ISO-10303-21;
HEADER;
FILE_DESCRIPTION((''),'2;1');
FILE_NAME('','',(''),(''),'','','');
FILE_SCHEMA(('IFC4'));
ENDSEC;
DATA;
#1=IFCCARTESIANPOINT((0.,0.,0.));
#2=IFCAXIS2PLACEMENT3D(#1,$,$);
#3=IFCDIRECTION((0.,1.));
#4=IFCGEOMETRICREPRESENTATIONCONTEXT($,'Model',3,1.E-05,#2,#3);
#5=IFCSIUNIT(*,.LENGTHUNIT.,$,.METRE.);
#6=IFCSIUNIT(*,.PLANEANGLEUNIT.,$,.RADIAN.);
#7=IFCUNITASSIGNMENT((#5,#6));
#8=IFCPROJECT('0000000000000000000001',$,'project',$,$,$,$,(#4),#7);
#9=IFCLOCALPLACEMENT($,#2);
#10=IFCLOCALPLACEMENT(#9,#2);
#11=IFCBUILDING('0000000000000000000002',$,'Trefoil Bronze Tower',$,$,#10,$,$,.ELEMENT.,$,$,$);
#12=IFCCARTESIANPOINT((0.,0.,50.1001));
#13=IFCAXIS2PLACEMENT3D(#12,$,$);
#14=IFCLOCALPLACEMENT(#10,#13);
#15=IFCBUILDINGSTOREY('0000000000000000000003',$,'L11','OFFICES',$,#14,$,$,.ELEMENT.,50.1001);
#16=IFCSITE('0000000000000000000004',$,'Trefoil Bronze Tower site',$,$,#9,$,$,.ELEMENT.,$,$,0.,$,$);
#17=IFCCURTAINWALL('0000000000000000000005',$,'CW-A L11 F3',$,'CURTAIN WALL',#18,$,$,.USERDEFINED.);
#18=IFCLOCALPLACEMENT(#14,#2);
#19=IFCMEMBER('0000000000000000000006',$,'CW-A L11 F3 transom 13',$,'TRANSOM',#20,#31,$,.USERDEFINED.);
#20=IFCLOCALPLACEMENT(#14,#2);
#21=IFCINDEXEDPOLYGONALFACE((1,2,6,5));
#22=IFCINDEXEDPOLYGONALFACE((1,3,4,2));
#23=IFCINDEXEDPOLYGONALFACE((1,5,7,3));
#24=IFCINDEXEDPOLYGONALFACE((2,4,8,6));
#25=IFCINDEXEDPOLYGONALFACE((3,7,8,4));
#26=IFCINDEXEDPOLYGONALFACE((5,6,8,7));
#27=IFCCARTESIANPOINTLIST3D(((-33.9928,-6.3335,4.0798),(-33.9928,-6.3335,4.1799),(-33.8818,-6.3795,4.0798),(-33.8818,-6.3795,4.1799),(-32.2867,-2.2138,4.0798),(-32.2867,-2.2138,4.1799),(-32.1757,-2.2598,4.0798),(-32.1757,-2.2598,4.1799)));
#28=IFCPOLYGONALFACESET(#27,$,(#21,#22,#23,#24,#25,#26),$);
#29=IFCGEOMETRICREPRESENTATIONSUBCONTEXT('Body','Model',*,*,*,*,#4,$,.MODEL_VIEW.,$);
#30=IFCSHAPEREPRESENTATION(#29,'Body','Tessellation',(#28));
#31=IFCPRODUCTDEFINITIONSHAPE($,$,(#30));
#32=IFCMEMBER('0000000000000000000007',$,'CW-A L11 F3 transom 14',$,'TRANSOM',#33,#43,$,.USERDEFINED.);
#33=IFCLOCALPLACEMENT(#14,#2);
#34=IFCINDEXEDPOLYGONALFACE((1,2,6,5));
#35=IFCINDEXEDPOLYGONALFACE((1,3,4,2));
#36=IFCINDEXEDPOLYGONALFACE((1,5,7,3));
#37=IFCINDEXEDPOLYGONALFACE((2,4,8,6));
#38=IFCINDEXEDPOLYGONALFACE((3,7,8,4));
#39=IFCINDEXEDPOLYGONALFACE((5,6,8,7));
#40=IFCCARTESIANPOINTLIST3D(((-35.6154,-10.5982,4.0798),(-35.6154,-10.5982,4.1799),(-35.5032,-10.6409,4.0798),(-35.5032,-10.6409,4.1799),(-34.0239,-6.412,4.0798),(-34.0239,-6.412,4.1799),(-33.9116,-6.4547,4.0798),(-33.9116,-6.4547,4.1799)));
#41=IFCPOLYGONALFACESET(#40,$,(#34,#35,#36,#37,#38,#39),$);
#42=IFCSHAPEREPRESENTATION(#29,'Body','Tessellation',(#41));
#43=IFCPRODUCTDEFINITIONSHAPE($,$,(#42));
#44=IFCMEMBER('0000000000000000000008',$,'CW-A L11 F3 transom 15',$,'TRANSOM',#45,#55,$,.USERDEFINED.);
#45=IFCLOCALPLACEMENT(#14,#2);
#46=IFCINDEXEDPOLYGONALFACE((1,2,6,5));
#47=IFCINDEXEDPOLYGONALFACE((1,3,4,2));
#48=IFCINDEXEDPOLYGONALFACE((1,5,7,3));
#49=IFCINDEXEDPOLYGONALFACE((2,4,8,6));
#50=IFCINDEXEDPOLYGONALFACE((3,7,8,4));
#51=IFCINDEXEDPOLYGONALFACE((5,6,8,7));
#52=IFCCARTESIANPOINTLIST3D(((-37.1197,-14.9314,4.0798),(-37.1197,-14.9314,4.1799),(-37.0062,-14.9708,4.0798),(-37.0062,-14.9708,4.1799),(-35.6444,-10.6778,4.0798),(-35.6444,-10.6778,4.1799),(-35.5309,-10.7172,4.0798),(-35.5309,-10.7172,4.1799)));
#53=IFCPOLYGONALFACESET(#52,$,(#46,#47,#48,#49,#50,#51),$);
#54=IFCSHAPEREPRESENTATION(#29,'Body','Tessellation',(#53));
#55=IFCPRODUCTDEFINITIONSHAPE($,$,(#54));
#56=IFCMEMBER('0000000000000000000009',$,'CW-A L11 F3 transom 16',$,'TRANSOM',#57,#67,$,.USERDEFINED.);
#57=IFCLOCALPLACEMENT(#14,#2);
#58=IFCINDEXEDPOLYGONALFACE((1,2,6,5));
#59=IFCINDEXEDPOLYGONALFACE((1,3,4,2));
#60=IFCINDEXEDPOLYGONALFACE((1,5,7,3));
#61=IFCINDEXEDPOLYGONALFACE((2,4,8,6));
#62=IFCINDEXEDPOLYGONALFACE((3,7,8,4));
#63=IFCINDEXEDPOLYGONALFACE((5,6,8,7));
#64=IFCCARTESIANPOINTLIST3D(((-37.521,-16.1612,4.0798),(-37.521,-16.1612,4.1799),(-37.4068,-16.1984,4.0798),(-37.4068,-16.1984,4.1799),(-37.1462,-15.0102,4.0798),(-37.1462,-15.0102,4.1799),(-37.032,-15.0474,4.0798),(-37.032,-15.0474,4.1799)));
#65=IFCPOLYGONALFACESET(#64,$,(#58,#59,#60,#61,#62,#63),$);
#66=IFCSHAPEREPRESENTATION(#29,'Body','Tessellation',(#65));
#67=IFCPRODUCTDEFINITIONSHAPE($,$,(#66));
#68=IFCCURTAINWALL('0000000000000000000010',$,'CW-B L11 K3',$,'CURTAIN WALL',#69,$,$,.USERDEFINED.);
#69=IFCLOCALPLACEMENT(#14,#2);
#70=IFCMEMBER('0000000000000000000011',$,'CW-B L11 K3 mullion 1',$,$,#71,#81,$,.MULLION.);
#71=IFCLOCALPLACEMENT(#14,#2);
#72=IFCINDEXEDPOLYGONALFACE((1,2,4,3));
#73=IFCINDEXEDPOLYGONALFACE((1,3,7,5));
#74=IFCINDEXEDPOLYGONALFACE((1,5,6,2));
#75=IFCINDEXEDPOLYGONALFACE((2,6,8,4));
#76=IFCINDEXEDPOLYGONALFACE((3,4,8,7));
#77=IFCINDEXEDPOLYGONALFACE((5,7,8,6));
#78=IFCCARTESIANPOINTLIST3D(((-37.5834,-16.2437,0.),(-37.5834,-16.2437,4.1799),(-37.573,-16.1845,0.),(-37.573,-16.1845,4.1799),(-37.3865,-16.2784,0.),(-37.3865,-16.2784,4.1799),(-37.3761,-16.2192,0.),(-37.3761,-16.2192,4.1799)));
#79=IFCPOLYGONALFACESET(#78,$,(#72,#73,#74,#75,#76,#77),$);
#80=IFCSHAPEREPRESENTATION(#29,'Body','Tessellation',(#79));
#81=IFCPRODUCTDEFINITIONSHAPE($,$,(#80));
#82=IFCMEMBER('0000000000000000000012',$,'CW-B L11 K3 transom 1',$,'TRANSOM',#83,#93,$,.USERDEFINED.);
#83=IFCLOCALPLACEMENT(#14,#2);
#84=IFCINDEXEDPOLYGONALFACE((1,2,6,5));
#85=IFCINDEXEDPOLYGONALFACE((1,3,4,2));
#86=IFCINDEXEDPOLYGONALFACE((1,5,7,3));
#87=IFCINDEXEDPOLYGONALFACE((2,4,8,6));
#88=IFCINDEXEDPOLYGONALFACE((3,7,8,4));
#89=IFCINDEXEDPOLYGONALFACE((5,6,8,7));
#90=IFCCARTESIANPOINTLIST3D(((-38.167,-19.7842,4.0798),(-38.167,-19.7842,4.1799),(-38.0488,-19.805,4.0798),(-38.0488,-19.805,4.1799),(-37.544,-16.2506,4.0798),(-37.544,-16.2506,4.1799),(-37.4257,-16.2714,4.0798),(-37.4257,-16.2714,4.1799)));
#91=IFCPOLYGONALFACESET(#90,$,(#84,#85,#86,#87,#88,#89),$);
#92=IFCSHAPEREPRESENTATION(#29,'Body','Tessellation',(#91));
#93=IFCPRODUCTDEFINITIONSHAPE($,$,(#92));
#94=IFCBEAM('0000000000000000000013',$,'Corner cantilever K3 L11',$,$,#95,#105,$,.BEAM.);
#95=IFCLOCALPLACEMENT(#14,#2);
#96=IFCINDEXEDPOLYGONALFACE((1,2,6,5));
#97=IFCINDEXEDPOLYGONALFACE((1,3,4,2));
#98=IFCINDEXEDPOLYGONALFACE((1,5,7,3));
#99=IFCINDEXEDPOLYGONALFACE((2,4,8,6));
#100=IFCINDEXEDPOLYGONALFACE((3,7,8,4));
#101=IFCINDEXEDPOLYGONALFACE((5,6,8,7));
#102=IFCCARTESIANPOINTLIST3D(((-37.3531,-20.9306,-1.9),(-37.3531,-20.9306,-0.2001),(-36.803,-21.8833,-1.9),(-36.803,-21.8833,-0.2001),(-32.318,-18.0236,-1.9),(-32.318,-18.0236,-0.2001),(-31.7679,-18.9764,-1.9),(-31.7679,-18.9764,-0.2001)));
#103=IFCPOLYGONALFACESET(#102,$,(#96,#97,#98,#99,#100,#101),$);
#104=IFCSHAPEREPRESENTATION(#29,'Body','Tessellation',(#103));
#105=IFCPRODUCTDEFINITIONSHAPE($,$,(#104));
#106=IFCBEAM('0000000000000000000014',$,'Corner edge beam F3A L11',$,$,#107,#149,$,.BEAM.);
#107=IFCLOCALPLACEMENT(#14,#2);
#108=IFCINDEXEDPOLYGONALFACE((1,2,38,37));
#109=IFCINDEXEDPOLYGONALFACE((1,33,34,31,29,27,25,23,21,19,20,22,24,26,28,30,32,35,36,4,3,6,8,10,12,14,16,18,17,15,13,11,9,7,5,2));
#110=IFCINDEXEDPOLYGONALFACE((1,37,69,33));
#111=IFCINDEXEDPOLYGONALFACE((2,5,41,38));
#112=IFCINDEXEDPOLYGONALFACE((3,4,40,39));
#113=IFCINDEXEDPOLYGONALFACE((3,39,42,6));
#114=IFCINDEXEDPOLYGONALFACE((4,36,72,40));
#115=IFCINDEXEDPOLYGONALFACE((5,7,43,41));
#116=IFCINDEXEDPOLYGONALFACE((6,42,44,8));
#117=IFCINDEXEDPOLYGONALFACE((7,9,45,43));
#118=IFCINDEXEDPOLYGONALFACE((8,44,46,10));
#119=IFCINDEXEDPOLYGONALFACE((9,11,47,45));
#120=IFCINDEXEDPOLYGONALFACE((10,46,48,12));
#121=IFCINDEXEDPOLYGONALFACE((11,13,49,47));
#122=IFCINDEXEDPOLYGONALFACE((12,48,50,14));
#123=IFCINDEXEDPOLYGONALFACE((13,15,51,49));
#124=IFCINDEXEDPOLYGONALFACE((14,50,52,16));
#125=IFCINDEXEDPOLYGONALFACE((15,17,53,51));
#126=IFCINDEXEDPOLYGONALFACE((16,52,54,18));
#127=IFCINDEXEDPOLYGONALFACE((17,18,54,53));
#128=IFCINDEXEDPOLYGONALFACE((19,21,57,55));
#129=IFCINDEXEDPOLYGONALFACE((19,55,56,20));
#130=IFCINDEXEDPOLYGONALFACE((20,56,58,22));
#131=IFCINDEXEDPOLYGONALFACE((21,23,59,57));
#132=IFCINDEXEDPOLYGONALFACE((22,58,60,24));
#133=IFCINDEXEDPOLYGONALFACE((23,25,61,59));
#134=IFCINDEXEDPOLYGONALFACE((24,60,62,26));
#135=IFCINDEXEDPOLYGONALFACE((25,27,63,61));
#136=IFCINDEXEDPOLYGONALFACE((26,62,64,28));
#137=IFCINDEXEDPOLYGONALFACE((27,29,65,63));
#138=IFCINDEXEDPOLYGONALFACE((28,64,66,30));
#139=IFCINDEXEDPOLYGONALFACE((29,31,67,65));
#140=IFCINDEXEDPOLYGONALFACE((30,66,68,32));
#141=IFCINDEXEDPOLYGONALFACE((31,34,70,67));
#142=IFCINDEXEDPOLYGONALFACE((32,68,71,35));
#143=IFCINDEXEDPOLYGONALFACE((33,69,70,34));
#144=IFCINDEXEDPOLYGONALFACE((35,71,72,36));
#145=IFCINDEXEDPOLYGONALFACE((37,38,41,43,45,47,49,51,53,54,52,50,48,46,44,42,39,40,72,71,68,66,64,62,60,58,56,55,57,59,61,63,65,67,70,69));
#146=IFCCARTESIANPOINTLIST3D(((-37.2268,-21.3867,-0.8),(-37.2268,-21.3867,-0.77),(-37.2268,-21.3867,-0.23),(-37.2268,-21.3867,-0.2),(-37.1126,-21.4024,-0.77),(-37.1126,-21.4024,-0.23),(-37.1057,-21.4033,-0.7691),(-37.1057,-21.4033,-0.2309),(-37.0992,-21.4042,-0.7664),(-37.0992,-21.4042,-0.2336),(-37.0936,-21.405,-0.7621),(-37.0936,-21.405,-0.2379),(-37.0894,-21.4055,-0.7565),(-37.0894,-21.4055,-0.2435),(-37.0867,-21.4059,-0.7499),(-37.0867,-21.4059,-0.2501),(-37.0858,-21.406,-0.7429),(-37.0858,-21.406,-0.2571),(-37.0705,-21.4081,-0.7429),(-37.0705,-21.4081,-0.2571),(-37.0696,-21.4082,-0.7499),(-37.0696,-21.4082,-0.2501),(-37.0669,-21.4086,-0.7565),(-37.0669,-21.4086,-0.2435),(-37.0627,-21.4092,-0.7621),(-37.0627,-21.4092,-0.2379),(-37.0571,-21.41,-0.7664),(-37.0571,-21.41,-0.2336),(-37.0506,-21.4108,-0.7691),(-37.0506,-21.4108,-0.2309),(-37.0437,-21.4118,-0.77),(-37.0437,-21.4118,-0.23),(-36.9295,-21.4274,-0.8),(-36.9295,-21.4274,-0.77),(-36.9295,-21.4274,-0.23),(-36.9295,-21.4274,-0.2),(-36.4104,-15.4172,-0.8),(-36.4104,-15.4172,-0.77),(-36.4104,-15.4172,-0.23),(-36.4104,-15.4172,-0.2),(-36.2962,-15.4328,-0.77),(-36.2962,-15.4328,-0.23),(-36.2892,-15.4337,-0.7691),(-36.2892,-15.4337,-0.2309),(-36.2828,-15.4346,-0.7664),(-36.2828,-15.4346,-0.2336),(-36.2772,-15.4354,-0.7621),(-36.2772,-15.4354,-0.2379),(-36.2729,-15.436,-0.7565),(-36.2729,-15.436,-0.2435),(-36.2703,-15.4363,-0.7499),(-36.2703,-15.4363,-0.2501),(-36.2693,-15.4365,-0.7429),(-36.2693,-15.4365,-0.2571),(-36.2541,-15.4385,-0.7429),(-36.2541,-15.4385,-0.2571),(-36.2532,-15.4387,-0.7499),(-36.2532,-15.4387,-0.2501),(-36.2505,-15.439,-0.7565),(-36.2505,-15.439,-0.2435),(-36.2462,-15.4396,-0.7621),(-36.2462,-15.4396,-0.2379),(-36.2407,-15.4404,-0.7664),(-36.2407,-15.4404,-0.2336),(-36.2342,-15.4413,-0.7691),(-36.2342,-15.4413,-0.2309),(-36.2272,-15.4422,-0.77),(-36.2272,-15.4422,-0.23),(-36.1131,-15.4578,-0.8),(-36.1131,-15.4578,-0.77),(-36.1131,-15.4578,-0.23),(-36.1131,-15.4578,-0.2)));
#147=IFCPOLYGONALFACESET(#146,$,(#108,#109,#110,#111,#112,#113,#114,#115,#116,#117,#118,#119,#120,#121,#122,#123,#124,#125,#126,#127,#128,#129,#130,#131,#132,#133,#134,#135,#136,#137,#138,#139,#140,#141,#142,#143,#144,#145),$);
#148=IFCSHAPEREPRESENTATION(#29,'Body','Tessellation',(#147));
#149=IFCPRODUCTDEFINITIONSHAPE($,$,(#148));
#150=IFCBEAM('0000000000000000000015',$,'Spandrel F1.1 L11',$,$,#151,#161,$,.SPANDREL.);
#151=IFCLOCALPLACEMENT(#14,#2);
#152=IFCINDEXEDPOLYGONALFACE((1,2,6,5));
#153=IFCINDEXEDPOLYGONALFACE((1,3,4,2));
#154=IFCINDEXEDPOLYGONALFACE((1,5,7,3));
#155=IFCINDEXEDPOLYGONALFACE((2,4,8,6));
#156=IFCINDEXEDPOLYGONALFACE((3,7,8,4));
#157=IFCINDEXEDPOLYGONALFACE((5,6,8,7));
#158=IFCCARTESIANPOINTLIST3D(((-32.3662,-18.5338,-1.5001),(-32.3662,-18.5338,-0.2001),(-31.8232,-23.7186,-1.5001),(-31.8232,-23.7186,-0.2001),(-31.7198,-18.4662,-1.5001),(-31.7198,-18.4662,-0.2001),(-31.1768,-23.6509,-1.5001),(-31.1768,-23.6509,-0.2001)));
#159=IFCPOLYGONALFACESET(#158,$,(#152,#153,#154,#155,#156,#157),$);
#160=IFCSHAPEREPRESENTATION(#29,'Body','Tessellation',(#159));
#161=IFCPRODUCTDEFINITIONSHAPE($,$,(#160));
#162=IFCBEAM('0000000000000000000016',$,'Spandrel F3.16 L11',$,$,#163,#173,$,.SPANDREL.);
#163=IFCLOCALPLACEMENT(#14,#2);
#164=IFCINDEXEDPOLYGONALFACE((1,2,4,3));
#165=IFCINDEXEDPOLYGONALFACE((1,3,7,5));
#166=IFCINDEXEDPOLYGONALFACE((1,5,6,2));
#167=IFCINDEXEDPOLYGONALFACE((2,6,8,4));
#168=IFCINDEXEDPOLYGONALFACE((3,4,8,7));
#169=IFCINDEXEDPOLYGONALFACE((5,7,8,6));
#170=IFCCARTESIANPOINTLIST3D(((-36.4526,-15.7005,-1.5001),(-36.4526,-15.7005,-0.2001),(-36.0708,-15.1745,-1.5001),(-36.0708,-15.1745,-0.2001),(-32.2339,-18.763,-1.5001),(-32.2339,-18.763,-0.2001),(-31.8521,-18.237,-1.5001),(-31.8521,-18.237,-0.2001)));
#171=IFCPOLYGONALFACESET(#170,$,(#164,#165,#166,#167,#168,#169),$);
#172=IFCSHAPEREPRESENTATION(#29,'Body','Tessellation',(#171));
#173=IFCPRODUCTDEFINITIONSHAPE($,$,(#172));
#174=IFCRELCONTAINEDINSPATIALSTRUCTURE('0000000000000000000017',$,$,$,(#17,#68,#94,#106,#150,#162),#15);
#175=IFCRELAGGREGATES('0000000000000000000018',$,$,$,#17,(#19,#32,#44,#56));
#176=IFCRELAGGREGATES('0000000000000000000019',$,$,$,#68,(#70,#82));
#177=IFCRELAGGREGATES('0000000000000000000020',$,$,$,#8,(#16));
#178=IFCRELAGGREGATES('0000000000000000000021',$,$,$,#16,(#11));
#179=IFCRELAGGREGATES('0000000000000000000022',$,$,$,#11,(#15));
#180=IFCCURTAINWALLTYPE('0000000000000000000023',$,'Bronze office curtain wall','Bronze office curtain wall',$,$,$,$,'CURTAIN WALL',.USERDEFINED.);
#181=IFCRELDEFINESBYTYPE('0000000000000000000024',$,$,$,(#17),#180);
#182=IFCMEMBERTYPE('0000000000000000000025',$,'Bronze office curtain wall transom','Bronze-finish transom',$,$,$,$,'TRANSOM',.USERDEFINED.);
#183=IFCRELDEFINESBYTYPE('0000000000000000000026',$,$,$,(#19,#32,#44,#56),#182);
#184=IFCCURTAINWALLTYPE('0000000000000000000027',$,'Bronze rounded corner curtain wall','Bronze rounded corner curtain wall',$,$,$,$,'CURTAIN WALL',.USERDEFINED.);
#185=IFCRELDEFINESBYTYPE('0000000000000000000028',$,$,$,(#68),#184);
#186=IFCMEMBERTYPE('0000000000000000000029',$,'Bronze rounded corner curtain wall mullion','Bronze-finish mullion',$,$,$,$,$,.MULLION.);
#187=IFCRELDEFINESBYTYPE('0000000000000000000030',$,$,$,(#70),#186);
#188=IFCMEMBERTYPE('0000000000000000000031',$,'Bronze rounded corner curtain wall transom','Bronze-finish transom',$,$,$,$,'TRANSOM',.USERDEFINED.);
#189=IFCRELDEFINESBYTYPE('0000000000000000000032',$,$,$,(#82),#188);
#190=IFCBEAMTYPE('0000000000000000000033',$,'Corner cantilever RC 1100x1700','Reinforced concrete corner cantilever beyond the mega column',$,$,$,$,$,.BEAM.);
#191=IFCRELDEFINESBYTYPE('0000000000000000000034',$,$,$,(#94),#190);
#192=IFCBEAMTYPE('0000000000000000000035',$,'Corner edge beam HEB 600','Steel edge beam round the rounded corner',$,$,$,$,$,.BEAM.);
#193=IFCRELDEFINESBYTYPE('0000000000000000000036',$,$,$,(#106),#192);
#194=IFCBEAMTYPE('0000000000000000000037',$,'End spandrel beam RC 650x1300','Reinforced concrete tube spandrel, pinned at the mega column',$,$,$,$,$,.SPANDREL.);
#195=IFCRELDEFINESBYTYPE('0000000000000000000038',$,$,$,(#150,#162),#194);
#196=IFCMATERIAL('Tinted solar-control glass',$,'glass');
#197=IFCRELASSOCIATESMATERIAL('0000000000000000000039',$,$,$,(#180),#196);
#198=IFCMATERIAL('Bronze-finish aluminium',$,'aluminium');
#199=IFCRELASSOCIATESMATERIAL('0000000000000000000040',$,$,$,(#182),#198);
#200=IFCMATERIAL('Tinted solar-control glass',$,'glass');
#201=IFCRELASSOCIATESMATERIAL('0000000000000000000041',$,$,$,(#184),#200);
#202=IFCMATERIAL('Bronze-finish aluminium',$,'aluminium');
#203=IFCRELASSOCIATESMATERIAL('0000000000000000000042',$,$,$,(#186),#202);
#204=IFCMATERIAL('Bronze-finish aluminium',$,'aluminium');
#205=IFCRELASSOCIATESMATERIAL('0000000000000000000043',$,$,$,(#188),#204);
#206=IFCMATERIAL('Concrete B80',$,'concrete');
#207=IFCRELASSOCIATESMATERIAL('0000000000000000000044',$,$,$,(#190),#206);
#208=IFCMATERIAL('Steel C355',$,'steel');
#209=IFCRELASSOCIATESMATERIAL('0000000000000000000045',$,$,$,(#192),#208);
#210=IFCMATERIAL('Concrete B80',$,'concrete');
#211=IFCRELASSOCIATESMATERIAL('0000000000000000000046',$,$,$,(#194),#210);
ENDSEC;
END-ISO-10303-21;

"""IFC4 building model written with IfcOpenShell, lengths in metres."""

from ifc_helpers import new_model, si_unit, direction, frame, origin, origin_2d, place, context, subcontext, project, spatial, rectangle, i_section, extrude, material, material_profile, profile_set, type_object, element, aggregate, save


model = new_model("IFC4")

# Units and contexts
model_context = context("Model", 3, precision=1e-05, world=origin(), true_north=direction((0.0, 1.0)))
body_context = subcontext(model_context, "Body", "Model", "MODEL_VIEW")
ifc_project = project(units=[si_unit("LENGTHUNIT", "METRE"), si_unit("PLANEANGLEUNIT", "RADIAN")], contexts=[model_context])

# Site, building, storey
site_placement = place(None, origin())
site = spatial("IfcSite", under=ifc_project, at=site_placement, Name="Trefoil Bronze Tower site", CompositionType="ELEMENT", RefElevation=0.0)
building_placement = place(site_placement, origin())
building = spatial("IfcBuilding", under=site, at=building_placement, Name="Trefoil Bronze Tower", CompositionType="ELEMENT")
storey_placement = place(building_placement, frame((0.0, 0.0, 50.1001)))
storey = spatial("IfcBuildingStorey", under=building, at=storey_placement, Name="L11", Description="OFFICES", CompositionType="ELEMENT", Elevation=50.1001)

# Curtain walls, members
ifc_material_1 = material(Name="Tinted solar-control glass", Category="glass")
curtain_wall_type_1 = type_object("IfcCurtainWallType", Name="Bronze office curtain wall", Description="Bronze office curtain wall", ElementType="CURTAIN WALL", PredefinedType="USERDEFINED", material=ifc_material_1)
curtain_wall_1_placement = place(storey_placement, origin())
curtain_wall_1 = element("IfcCurtainWall", 1, at=curtain_wall_1_placement, inside=storey, type_object=curtain_wall_type_1, Name="CW-A L11 F3", ObjectType="CURTAIN WALL", PredefinedType="USERDEFINED")
ifc_material_2 = material(Name="Bronze-finish aluminium", Category="aluminium")
ifc_material_profile_1 = material_profile(ifc_material_2, rectangle(XDim=0.1201, YDim=0.1001, at=origin_2d()), Name="CW-A transom")
ifc_profile_set_1 = profile_set([ifc_material_profile_1], Name="Bronze-finish aluminium")
member_type_1 = type_object("IfcMemberType", Name="Bronze office curtain wall transom", Description="Bronze-finish transom", ElementType="TRANSOM", PredefinedType="USERDEFINED", material=ifc_profile_set_1)
member_1_placement = place(storey_placement, frame((-32.2312, -2.2368, 4.1299), z_axis=(-0.382616, -0.923907, 0.0), x_axis=(0.923907, -0.382616, 0.0)))
member_1 = element("IfcMember", 2, at=member_1_placement, type_object=member_type_1, Name="CW-A L11 F3 transom 13", ObjectType="TRANSOM", PredefinedType="USERDEFINED", context=body_context, shape_type="SweptSolid", body=[
    extrude(rectangle(XDim=0.1201, YDim=0.1001, at=origin_2d()), origin(), (0.0, 0.0, 1.0), 4.459),
])
member_2_placement = place(storey_placement, frame((-33.9678, -6.4333, 4.1299), z_axis=(-0.355367, -0.934727, 0.0), x_axis=(0.934727, -0.355367, 0.0)))
member_2 = element("IfcMember", 3, at=member_2_placement, type_object=member_type_1, Name="CW-A L11 F3 transom 14", ObjectType="TRANSOM", PredefinedType="USERDEFINED", context=body_context, shape_type="SweptSolid", body=[
    extrude(rectangle(XDim=0.1201, YDim=0.1001, at=origin_2d()), origin(), (0.0, 0.0, 1.0), 4.4785),
])
member_3_placement = place(storey_placement, frame((-35.5876, -10.6975, 4.1299), z_axis=(-0.32769, -0.944785, 0.0), x_axis=(0.944785, -0.32769, 0.0)))
member_3 = element("IfcMember", 4, at=member_3_placement, type_object=member_type_1, Name="CW-A L11 F3 transom 15", ObjectType="TRANSOM", PredefinedType="USERDEFINED", context=body_context, shape_type="SweptSolid", body=[
    extrude(rectangle(XDim=0.1201, YDim=0.1001, at=origin_2d()), origin(), (0.0, 0.0, 1.0), 4.5022),
])
member_4_placement = place(storey_placement, frame((-37.0891, -15.0288, 4.1299), z_axis=(-0.309624, -0.950859, 0.0), x_axis=(0.950859, -0.309624, 0.0)))
member_4 = element("IfcMember", 5, at=member_4_placement, type_object=member_type_1, Name="CW-A L11 F3 transom 16", ObjectType="TRANSOM", PredefinedType="USERDEFINED", context=body_context, shape_type="SweptSolid", body=[
    extrude(rectangle(XDim=0.1201, YDim=0.1001, at=origin_2d()), origin(), (0.0, 0.0, 1.0), 1.2104),
])
ifc_material_3 = material(Name="Tinted solar-control glass", Category="glass")
curtain_wall_type_2 = type_object("IfcCurtainWallType", Name="Bronze rounded corner curtain wall", Description="Bronze rounded corner curtain wall", ElementType="CURTAIN WALL", PredefinedType="USERDEFINED", material=ifc_material_3)
curtain_wall_2_placement = place(storey_placement, origin())
curtain_wall_2 = element("IfcCurtainWall", 6, at=curtain_wall_2_placement, inside=storey, type_object=curtain_wall_type_2, Name="CW-B L11 K3", ObjectType="CURTAIN WALL", PredefinedType="USERDEFINED")
ifc_material_4 = material(Name="Bronze-finish aluminium", Category="aluminium")
ifc_material_profile_2 = material_profile(ifc_material_4, rectangle(XDim=0.2, YDim=0.0601, at=origin_2d()), Name="CW-B mullion")
ifc_profile_set_2 = profile_set([ifc_material_profile_2], Name="Bronze-finish aluminium")
member_type_2 = type_object("IfcMemberType", Name="Bronze rounded corner curtain wall mullion", Description="Bronze-finish mullion", PredefinedType="MULLION", material=ifc_profile_set_2)
member_5_placement = place(storey_placement, frame((-37.4797, -16.2314, 0.0), z_axis=(0.0, 0.0, 1.0), x_axis=(0.984808, -0.173648, 0.0)))
member_5 = element("IfcMember", 7, at=member_5_placement, type_object=member_type_2, Name="CW-B L11 K3 mullion 1", PredefinedType="MULLION", context=body_context, shape_type="SweptSolid", body=[
    extrude(rectangle(XDim=0.2, YDim=0.0601, at=origin_2d()), origin(), (0.0, 0.0, 1.0), 4.1799),
])
ifc_material_5 = material(Name="Bronze-finish aluminium", Category="aluminium")
ifc_material_profile_3 = material_profile(ifc_material_5, rectangle(XDim=0.1201, YDim=0.1001, at=origin_2d()), Name="CW-B transom")
ifc_profile_set_3 = profile_set([ifc_material_profile_3], Name="Bronze-finish aluminium")
member_type_3 = type_object("IfcMemberType", Name="Bronze rounded corner curtain wall transom", Description="Bronze-finish transom", ElementType="TRANSOM", PredefinedType="USERDEFINED", material=ifc_profile_set_3)
member_6_placement = place(storey_placement, frame((-37.4849, -16.261, 4.1299), z_axis=(-0.173638, -0.98481, 0.0), x_axis=(0.98481, -0.173638, 0.0)))
member_6 = element("IfcMember", 8, at=member_6_placement, type_object=member_type_3, Name="CW-B L11 K3 transom 1", ObjectType="TRANSOM", PredefinedType="USERDEFINED", context=body_context, shape_type="SweptSolid", body=[
    extrude(rectangle(XDim=0.1201, YDim=0.1001, at=origin_2d()), origin(), (0.0, 0.0, 1.0), 3.5881),
])

# Beams
ifc_material_6 = material(Name="Concrete B80", Category="concrete")
ifc_material_profile_4 = material_profile(ifc_material_6, rectangle(XDim=1.1001, YDim=1.7, at=origin_2d()), Name="RC 1100x1700")
ifc_profile_set_4 = profile_set([ifc_material_profile_4], Name="Concrete B80")
beam_type_1 = type_object("IfcBeamType", Name="Corner cantilever RC 1100x1700", Description="Reinforced concrete corner cantilever beyond the mega column", PredefinedType="BEAM", material=ifc_profile_set_4)
beam_1_placement = place(storey_placement, frame((-32.043, -18.5, -1.05), z_axis=(-0.86603, -0.499991, 0.0), x_axis=(0.499991, -0.86603, 0.0)))
element("IfcBeam", 9, at=beam_1_placement, inside=storey, type_object=beam_type_1, Name="Corner cantilever K3 L11", PredefinedType="BEAM", context=body_context, shape_type="SweptSolid", body=[
    extrude(rectangle(XDim=1.1001, YDim=1.7, at=origin_2d()), origin(), (0.0, 0.0, 1.0), 5.814),
])
ifc_material_7 = material(Name="Steel C355", Category="steel")
ifc_material_profile_5 = material_profile(ifc_material_7, i_section(OverallWidth=0.3, OverallDepth=0.6001, WebThickness=0.0154, FlangeThickness=0.03, FilletRadius=0.0271, at=origin_2d()), Name="HEB 600")
ifc_profile_set_5 = profile_set([ifc_material_profile_5], Name="Steel C355")
beam_type_2 = type_object("IfcBeamType", Name="Corner edge beam HEB 600", Description="Steel edge beam round the rounded corner", PredefinedType="BEAM", material=ifc_profile_set_5)
beam_2_placement = place(storey_placement, frame((-36.2617, -15.4375, -0.5), z_axis=(-0.135502, -0.990777, 0.0), x_axis=(0.990777, -0.135502, 0.0)))
element("IfcBeam", 10, at=beam_2_placement, inside=storey, type_object=beam_type_2, Name="Corner edge beam F3A L11", PredefinedType="BEAM", context=body_context, shape_type="SweptSolid", body=[
    extrude(i_section(OverallWidth=0.3, OverallDepth=0.6001, WebThickness=0.0154, FlangeThickness=0.03, FilletRadius=0.0271, at=origin_2d()), origin(), (0.0, 0.0, 1.0), 6.0251),
])
ifc_material_8 = material(Name="Concrete B80", Category="concrete")
ifc_material_profile_6 = material_profile(ifc_material_8, rectangle(XDim=0.6499, YDim=1.3, at=origin_2d()), Name="RC 650x1300")
ifc_profile_set_6 = profile_set([ifc_material_profile_6], Name="Concrete B80")
beam_type_3 = type_object("IfcBeamType", Name="End spandrel beam RC 650x1300", Description="Reinforced concrete tube spandrel, pinned at the mega column", PredefinedType="SPANDREL", material=ifc_profile_set_6)
for number, where, z_axis, x_axis, name in (
    (11, (-32.043, -18.5, -0.8501), (0.104153, -0.994561, 0.0), (0.994561, 0.104153, 0.0), "Spandrel F1.1 L11"),
    (12, (-36.2617, -15.4375, -0.8501), (0.809254, -0.587459, 0.0), (0.587459, 0.809254, 0.0), "Spandrel F3.16 L11"),
):
    element("IfcBeam", number, at=place(storey_placement, frame(where, z_axis=z_axis, x_axis=x_axis)), inside=storey, type_object=beam_type_3, Name=name, PredefinedType="SPANDREL", context=body_context, shape_type="SweptSolid", body=[
        extrude(rectangle(XDim=0.6499, YDim=1.3, at=origin_2d()), origin(), (0.0, 0.0, 1.0), 5.2131),
    ])

aggregate(curtain_wall_1, [member_1, member_2, member_3, member_4])
aggregate(curtain_wall_2, [member_5, member_6])

save(model, "model.ifc")
